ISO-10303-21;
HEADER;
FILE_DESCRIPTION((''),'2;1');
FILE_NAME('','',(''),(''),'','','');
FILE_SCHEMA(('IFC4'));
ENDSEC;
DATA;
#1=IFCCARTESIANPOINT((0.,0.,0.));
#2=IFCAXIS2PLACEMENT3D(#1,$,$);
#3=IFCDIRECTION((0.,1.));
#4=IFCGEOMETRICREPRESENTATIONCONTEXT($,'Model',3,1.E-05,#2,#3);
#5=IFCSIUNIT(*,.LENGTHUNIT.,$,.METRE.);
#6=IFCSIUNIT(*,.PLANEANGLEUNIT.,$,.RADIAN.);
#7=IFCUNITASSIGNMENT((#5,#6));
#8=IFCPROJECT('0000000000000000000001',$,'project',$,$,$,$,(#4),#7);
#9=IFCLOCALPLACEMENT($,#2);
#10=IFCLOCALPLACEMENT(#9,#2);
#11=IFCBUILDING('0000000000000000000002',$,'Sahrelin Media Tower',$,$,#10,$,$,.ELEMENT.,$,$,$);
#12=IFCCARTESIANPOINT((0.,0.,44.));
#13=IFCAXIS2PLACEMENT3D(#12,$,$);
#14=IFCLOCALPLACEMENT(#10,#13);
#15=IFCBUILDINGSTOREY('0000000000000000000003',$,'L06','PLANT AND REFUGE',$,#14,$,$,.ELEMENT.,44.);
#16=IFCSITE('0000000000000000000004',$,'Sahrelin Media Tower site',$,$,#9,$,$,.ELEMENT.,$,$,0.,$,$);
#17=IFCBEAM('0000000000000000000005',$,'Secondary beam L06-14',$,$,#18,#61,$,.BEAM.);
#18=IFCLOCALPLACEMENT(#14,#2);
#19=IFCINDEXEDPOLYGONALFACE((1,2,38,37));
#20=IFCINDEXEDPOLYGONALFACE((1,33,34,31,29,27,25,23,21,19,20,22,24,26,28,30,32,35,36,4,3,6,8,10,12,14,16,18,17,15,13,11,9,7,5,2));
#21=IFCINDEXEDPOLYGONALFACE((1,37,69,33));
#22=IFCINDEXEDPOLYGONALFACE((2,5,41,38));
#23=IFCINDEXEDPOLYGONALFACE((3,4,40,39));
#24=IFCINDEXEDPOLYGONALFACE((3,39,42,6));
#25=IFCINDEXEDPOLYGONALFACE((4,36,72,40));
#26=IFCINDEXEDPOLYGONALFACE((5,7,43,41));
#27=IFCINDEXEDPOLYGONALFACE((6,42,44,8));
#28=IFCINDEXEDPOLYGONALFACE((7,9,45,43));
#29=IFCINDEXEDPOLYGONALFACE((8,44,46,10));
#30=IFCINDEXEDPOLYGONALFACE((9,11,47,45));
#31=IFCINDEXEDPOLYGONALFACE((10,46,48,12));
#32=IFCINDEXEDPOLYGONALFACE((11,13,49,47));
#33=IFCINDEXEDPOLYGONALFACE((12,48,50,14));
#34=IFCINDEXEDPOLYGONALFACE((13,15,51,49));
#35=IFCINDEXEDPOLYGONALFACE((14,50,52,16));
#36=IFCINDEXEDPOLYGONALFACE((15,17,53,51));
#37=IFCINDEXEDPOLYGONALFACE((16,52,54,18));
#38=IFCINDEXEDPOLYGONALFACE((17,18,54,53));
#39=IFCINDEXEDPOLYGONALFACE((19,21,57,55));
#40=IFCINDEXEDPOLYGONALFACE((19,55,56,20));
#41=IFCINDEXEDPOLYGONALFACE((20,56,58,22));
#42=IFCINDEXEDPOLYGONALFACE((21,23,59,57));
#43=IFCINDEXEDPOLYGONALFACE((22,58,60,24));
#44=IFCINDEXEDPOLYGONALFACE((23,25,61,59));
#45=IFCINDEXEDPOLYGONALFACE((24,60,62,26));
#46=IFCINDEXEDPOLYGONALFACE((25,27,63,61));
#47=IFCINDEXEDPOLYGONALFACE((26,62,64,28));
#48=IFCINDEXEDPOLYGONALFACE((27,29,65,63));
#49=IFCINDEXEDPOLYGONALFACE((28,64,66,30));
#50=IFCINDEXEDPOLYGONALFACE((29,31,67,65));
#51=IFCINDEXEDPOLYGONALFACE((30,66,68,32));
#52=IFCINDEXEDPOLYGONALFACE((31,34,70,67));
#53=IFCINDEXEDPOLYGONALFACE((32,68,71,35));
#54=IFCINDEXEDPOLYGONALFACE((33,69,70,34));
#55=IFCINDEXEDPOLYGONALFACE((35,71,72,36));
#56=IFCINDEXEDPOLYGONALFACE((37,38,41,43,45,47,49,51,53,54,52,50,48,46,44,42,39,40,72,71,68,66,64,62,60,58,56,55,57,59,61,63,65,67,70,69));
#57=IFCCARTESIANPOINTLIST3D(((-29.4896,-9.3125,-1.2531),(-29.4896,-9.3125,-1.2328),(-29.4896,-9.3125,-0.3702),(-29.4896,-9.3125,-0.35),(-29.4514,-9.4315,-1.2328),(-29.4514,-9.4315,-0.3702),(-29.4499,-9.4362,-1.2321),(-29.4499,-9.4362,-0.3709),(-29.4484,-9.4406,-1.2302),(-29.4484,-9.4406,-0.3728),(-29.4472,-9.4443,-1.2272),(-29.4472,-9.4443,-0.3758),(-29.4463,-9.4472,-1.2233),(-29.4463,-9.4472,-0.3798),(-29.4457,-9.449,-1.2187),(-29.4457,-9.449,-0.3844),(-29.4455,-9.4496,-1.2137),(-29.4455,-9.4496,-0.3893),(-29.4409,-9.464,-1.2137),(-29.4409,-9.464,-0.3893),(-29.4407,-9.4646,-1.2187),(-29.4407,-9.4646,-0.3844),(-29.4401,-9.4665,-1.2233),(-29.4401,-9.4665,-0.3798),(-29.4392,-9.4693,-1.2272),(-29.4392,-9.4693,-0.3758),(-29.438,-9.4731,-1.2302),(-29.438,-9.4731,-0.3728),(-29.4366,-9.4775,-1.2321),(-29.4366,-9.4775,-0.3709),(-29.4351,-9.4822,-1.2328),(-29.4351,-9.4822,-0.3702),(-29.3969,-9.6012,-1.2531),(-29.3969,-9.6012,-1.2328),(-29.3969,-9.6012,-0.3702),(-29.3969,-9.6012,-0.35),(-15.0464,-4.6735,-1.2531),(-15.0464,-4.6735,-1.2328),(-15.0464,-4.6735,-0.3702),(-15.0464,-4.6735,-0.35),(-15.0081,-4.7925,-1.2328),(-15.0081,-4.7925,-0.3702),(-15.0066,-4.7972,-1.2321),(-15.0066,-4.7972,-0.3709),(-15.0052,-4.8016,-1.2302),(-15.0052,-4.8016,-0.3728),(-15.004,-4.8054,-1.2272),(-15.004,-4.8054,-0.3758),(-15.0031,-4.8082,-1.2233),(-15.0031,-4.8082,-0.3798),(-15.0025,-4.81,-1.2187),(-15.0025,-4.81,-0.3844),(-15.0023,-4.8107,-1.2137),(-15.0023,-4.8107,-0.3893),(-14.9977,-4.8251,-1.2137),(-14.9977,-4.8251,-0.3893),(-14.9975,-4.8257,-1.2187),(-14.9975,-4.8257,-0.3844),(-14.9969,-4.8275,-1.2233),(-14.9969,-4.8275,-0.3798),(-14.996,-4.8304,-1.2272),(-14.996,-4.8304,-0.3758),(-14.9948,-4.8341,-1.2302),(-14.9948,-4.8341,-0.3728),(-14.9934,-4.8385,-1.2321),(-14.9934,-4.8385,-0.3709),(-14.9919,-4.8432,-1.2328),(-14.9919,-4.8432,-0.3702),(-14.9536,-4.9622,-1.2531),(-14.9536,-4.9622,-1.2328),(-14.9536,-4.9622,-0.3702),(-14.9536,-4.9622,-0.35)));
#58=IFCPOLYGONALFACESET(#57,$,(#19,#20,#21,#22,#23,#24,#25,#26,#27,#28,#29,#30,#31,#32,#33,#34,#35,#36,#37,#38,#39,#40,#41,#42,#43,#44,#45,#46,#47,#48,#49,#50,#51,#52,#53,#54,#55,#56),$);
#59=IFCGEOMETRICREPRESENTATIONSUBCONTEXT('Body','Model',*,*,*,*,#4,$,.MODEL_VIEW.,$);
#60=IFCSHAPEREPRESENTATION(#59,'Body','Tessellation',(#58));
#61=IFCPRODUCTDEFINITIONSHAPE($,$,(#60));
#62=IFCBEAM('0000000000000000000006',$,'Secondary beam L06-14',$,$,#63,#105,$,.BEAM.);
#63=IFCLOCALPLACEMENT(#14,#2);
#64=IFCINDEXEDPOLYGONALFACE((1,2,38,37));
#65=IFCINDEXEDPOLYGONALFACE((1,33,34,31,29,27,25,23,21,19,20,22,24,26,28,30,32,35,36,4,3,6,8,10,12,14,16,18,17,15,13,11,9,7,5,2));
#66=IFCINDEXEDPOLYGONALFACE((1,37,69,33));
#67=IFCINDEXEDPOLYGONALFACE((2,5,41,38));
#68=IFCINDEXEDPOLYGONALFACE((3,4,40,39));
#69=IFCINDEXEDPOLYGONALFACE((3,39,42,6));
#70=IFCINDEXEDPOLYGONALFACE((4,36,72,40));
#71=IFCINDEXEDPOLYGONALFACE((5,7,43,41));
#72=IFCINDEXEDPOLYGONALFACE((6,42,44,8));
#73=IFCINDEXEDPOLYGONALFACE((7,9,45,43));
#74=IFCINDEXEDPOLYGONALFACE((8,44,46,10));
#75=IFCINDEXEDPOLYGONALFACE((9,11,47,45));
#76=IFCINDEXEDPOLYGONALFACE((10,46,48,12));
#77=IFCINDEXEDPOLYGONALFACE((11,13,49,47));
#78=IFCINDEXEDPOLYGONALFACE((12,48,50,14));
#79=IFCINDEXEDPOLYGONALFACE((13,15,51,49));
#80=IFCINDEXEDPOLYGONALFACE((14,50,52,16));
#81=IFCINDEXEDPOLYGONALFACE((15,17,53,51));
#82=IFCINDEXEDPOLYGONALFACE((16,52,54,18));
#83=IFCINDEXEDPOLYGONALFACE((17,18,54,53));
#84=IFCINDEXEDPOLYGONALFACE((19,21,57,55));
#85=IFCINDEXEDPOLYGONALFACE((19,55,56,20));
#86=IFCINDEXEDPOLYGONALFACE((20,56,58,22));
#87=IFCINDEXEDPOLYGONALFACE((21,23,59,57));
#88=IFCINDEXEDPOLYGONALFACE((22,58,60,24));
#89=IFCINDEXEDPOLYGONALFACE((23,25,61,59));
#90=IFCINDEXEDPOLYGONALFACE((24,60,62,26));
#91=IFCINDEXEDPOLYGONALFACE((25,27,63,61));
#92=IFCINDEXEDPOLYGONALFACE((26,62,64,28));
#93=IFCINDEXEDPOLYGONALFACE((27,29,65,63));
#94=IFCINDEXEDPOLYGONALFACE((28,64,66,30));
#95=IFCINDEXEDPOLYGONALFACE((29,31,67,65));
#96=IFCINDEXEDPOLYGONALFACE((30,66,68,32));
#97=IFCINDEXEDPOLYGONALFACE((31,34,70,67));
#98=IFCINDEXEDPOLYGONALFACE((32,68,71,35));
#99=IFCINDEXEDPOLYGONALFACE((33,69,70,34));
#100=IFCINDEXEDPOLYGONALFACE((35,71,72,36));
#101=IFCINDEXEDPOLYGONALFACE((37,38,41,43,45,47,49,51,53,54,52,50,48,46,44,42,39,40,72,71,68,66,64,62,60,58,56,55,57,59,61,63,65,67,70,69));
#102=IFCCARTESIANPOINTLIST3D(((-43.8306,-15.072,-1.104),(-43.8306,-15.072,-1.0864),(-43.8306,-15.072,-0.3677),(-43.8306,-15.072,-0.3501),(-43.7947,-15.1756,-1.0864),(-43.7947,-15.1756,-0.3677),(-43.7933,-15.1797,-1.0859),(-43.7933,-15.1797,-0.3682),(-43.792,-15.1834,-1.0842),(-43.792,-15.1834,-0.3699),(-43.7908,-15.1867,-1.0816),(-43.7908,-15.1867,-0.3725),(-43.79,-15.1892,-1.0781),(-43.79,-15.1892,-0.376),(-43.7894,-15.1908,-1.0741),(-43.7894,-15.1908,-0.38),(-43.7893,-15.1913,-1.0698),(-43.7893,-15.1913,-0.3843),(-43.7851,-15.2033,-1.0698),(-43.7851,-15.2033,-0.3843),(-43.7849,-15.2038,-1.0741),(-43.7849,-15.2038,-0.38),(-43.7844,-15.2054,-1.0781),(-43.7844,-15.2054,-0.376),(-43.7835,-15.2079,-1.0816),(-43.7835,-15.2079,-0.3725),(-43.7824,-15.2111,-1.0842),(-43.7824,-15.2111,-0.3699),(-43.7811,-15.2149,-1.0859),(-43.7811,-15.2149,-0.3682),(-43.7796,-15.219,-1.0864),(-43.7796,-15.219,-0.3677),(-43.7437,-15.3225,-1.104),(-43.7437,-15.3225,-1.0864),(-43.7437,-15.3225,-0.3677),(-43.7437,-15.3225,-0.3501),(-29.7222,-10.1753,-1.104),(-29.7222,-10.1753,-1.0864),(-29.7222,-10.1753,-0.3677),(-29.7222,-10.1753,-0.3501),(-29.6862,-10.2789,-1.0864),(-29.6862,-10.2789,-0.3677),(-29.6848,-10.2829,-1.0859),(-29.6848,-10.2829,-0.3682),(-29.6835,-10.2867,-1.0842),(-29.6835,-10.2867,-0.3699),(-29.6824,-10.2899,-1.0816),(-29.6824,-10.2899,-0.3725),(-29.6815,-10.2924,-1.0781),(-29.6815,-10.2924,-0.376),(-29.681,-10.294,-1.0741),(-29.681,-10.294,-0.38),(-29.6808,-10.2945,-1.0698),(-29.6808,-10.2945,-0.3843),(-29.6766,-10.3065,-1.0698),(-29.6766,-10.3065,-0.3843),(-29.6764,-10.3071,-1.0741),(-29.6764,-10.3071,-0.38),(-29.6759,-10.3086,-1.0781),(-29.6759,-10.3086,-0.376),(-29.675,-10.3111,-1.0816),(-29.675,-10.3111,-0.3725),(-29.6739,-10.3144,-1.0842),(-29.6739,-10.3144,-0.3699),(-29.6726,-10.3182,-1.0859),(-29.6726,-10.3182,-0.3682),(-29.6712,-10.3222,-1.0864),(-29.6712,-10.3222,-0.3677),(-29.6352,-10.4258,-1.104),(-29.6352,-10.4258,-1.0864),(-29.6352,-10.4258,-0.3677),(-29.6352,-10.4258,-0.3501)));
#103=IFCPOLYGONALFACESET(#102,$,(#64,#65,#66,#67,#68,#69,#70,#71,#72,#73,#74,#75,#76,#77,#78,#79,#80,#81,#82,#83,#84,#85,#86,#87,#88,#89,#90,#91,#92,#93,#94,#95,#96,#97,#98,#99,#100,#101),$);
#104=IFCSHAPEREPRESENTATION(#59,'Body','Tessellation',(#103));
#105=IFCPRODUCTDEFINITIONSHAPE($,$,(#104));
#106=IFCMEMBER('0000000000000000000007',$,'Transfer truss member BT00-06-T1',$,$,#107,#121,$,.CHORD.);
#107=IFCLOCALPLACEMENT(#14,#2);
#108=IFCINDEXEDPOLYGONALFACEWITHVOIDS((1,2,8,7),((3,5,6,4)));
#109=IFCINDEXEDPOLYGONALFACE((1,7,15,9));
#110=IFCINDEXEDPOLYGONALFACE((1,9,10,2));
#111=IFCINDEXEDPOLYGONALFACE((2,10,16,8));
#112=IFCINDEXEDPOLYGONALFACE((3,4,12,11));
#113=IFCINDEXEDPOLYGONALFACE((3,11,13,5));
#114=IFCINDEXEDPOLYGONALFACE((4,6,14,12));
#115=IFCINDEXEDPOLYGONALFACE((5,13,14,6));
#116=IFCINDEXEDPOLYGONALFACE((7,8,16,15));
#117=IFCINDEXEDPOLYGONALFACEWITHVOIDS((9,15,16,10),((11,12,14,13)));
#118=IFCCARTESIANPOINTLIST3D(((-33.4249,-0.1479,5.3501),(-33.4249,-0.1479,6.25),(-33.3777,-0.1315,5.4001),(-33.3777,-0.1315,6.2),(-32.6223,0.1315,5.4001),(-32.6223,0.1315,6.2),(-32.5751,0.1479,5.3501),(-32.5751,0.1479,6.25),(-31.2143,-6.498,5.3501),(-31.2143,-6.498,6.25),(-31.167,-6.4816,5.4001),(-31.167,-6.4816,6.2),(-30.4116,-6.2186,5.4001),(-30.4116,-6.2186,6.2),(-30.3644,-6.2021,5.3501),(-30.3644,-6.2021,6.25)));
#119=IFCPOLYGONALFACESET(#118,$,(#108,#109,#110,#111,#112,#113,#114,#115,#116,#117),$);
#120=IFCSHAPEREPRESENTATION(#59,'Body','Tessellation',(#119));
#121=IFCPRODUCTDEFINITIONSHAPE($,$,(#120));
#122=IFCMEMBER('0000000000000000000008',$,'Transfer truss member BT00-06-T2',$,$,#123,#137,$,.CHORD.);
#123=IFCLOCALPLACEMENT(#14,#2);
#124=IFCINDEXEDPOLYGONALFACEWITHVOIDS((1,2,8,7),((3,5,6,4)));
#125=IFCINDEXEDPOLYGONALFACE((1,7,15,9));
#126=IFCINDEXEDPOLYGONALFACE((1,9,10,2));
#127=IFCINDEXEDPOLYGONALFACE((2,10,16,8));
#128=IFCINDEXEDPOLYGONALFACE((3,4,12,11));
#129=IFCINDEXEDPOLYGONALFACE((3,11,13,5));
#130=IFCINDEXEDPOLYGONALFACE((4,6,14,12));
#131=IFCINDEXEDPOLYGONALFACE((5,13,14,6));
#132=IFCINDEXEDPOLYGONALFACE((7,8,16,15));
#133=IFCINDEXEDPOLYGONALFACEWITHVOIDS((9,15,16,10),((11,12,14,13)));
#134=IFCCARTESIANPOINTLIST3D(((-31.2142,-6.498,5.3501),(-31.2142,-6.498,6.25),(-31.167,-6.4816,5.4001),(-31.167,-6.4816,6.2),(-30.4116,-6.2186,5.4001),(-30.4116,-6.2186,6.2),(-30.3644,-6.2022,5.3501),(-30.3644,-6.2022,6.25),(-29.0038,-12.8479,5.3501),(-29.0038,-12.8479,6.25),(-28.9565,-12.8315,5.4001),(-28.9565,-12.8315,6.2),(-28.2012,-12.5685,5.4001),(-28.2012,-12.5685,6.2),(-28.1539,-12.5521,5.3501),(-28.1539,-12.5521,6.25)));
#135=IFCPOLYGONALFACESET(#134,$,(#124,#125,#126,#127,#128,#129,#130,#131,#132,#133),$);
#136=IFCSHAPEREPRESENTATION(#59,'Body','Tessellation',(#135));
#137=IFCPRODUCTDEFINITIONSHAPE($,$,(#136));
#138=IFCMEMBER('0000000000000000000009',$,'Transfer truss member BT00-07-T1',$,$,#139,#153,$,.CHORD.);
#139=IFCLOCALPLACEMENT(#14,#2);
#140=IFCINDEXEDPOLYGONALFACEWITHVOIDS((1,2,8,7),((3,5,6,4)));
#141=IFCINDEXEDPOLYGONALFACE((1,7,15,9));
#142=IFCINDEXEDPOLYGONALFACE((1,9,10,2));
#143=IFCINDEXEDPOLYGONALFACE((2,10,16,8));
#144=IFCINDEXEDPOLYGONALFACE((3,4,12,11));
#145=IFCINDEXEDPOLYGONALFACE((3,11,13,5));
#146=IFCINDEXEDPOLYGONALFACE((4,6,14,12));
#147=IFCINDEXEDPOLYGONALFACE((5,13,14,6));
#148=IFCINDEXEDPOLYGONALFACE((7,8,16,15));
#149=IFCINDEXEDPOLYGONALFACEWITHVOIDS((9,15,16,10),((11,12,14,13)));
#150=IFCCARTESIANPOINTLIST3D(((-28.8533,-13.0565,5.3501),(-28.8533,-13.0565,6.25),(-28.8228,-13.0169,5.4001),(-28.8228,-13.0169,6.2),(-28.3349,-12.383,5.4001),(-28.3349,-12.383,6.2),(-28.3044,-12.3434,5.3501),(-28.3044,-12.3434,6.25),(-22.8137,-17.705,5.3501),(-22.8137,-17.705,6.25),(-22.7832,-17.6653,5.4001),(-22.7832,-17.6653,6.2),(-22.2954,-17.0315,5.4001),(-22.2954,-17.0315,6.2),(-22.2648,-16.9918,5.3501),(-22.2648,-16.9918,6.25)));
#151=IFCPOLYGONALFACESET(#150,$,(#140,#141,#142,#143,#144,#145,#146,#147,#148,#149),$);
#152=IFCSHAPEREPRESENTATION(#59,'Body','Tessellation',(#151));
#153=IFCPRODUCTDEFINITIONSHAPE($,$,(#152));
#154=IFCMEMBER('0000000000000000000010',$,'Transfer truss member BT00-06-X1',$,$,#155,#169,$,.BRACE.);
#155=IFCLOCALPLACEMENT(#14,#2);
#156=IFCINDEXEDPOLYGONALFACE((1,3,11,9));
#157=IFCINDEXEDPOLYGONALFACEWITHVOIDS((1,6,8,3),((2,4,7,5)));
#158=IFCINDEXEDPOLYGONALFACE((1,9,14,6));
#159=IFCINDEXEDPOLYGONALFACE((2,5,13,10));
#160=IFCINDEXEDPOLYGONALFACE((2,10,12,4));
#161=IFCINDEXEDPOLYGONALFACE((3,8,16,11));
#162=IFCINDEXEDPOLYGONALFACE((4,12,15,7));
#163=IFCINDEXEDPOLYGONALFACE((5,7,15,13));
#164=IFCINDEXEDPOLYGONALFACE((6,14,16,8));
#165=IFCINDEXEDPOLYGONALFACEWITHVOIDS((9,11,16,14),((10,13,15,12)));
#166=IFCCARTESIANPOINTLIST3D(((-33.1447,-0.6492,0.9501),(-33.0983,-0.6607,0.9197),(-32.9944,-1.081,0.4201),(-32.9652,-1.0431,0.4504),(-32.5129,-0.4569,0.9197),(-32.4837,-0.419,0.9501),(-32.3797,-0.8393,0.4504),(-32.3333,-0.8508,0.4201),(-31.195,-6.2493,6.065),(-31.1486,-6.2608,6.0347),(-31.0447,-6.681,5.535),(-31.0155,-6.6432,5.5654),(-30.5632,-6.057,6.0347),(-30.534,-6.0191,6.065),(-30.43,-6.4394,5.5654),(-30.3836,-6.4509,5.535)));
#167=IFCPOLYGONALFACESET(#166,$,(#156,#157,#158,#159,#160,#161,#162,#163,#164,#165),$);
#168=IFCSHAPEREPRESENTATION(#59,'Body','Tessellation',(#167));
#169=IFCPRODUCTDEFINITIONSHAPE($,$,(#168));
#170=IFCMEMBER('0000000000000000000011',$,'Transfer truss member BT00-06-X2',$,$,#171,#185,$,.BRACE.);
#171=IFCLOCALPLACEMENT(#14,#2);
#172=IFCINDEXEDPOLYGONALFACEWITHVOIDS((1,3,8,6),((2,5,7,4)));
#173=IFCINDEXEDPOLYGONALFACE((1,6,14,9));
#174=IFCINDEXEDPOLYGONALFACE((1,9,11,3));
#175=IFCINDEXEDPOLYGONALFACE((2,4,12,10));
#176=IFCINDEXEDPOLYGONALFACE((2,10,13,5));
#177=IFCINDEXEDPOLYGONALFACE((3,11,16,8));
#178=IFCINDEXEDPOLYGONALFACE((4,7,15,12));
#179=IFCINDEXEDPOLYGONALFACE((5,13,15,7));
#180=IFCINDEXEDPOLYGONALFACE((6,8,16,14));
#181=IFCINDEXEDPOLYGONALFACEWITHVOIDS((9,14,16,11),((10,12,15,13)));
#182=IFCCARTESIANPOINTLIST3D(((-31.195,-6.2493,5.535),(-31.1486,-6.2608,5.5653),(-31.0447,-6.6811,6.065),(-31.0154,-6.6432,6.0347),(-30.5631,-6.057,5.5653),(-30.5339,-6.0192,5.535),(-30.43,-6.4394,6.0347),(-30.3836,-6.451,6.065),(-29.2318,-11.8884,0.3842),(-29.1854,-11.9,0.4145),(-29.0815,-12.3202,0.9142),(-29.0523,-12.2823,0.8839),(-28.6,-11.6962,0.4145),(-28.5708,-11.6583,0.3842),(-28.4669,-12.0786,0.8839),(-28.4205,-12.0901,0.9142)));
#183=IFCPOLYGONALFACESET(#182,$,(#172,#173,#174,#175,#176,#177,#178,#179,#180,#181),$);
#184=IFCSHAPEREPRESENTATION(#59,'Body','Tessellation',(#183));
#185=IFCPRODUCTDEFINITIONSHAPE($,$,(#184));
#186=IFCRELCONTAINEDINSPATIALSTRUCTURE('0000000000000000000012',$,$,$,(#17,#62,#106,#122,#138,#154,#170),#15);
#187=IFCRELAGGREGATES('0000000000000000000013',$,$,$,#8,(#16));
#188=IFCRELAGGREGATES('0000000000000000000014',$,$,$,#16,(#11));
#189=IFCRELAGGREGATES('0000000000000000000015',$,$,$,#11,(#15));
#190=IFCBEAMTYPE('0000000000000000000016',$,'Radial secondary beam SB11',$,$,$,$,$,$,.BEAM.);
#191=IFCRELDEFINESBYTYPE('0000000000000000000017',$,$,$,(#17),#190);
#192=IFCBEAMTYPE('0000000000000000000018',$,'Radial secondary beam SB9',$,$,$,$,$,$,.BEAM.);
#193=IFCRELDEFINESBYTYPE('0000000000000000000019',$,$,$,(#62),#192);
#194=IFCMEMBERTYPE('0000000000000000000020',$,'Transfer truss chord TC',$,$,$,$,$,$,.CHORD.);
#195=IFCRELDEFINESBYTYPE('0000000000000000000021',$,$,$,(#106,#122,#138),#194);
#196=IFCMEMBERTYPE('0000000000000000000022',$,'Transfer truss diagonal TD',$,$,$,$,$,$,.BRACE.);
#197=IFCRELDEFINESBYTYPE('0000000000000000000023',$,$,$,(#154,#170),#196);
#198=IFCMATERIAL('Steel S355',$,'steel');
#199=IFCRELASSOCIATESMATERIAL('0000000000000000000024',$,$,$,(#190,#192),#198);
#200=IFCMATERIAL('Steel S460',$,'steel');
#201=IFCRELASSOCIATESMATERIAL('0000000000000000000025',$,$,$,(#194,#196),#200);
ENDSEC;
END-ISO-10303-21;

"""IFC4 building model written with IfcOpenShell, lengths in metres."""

from ifc_helpers import new_model, si_unit, direction, frame, origin, origin_2d, place, context, subcontext, project, spatial, hollow_rectangle, i_section, extrude, material, material_profile, profile_set, type_object, element, save


model = new_model("IFC4")

# Units and contexts
model_context = context("Model", 3, precision=1e-05, world=origin(), true_north=direction((0.0, 1.0)))
body_context = subcontext(model_context, "Body", "Model", "MODEL_VIEW")
ifc_project = project(units=[si_unit("LENGTHUNIT", "METRE"), si_unit("PLANEANGLEUNIT", "RADIAN")], contexts=[model_context])

# Site, building, storey
site_placement = place(None, origin())
site = spatial("IfcSite", under=ifc_project, at=site_placement, Name="Sahrelin Media Tower site", CompositionType="ELEMENT", RefElevation=0.0)
building_placement = place(site_placement, origin())
building = spatial("IfcBuilding", under=site, at=building_placement, Name="Sahrelin Media Tower", CompositionType="ELEMENT")
storey_placement = place(building_placement, frame((0.0, 0.0, 44.0)))
storey = spatial("IfcBuildingStorey", under=building, at=storey_placement, Name="L06", Description="PLANT AND REFUGE", CompositionType="ELEMENT", Elevation=44.0)

# Shared definitions
ifc_material_1 = material(Name="Steel S460", Category="steel")

# Beams
ifc_material_2 = material(Name="Steel S355", Category="steel")
ifc_material_profile_1 = material_profile(ifc_material_2, i_section(OverallWidth=0.3032, OverallDepth=0.9031, WebThickness=0.0151, FlangeThickness=0.0203, FilletRadius=0.019, at=origin_2d()), Name="UB 914x305x201")
ifc_profile_set_1 = profile_set([ifc_material_profile_1], Name="Steel S355")
beam_type_1 = type_object("IfcBeamType", Name="Radial secondary beam SB11", PredefinedType="BEAM", material=ifc_profile_set_1)
beam_1_placement = place(storey_placement, frame((-15.0, -4.8179, -0.8015), z_axis=(-0.952096, -0.305799, 0.0), x_axis=(0.305799, -0.952096, 0.0)))
element("IfcBeam", 1, at=beam_1_placement, inside=storey, type_object=beam_type_1, Name="Secondary beam L06-14", PredefinedType="BEAM", context=body_context, shape_type="SweptSolid", body=[
    extrude(i_section(OverallWidth=0.3032, OverallDepth=0.9031, WebThickness=0.0151, FlangeThickness=0.0203, FilletRadius=0.019, at=origin_2d()), origin(), (0.0, 0.0, 1.0), 15.1699),
])
ifc_material_profile_2 = material_profile(ifc_material_2, i_section(OverallWidth=0.2651, OverallDepth=0.7539, WebThickness=0.0127, FlangeThickness=0.0176, FilletRadius=0.0166, at=origin_2d()), Name="UB 762x267x147")
ifc_profile_set_2 = profile_set([ifc_material_profile_2], Name="Steel S355")
beam_type_2 = type_object("IfcBeamType", Name="Radial secondary beam SB9", PredefinedType="BEAM", material=ifc_profile_set_2)
beam_2_placement = place(storey_placement, frame((-29.6787, -10.3005, -0.7271), z_axis=(-0.944716, -0.327891, 0.0), x_axis=(0.327891, -0.944716, 0.0)))
element("IfcBeam", 2, at=beam_2_placement, inside=storey, type_object=beam_type_2, Name="Secondary beam L06-14", PredefinedType="BEAM", context=body_context, shape_type="SweptSolid", body=[
    extrude(i_section(OverallWidth=0.2651, OverallDepth=0.7539, WebThickness=0.0127, FlangeThickness=0.0176, FilletRadius=0.0166, at=origin_2d()), origin(), (0.0, 0.0, 1.0), 14.9341),
])

# Members
ifc_material_profile_3 = material_profile(ifc_material_1, hollow_rectangle(XDim=0.8999, YDim=0.8999, WallThickness=0.05, at=origin_2d()), Name="Transfer truss chord TC")
ifc_profile_set_3 = profile_set([ifc_material_profile_3], Name="Steel S460")
member_type_1 = type_object("IfcMemberType", Name="Transfer truss chord TC", PredefinedType="CHORD", material=ifc_profile_set_3)
member_1_placement = place(storey_placement, frame((-33.0, 0.0, 5.8), z_axis=(0.328781, -0.944406, 0.0), x_axis=(0.944406, 0.328781, 0.0)))
element("IfcMember", 3, at=member_1_placement, inside=storey, type_object=member_type_1, Name="Transfer truss member BT00-06-T1", PredefinedType="CHORD", context=body_context, shape_type="SweptSolid", body=[
    extrude(hollow_rectangle(XDim=0.8999, YDim=0.8999, WallThickness=0.05, at=origin_2d()), origin(), (0.0, 0.0, 1.0), 6.7239),
])
member_2_placement = place(storey_placement, frame((-30.7893, -6.3501, 5.8), z_axis=(0.32876, -0.944413, 0.0), x_axis=(0.944413, 0.32876, 0.0)))
element("IfcMember", 4, at=member_2_placement, inside=storey, type_object=member_type_1, Name="Transfer truss member BT00-06-T2", PredefinedType="CHORD", context=body_context, shape_type="SweptSolid", body=[
    extrude(hollow_rectangle(XDim=0.8999, YDim=0.8999, WallThickness=0.05, at=origin_2d()), origin(), (0.0, 0.0, 1.0), 6.7236),
])
member_3_placement = place(storey_placement, frame((-28.5789, -12.7, 5.8), z_axis=(0.792457, -0.609927, 0.0), x_axis=(0.609927, 0.792457, 0.0)))
element("IfcMember", 5, at=member_3_placement, inside=storey, type_object=member_type_1, Name="Transfer truss member BT00-07-T1", PredefinedType="CHORD", context=body_context, shape_type="SweptSolid", body=[
    extrude(hollow_rectangle(XDim=0.8999, YDim=0.8999, WallThickness=0.05, at=origin_2d()), origin(), (0.0, 0.0, 1.0), 7.6213),
])
ifc_material_profile_4 = material_profile(ifc_material_1, hollow_rectangle(XDim=0.7, YDim=0.7, WallThickness=0.04, at=origin_2d()), Name="Transfer truss diagonal TD")
ifc_profile_set_4 = profile_set([ifc_material_profile_4], Name="Steel S460")
member_type_2 = type_object("IfcMemberType", Name="Transfer truss diagonal TD", PredefinedType="BRACE", material=ifc_profile_set_4)
member_4_placement = place(storey_placement, frame((-32.739, -0.75, 0.6851), z_axis=(0.248971, -0.715113, 0.653167), x_axis=(0.9444, 0.328798, 0.0)))
element("IfcMember", 6, at=member_4_placement, inside=storey, type_object=member_type_2, Name="Transfer truss member BT00-06-X1", PredefinedType="BRACE", context=body_context, shape_type="SweptSolid", body=[
    extrude(hollow_rectangle(XDim=0.7, YDim=0.7, WallThickness=0.04, at=origin_2d()), origin(), (0.0, 0.0, 1.0), 7.8311),
])
member_5_placement = place(storey_placement, frame((-28.8262, -11.9893, 0.6492), z_axis=(-0.248946, 0.715105, 0.653185), x_axis=(-0.944409, -0.328773, 0.0)))
element("IfcMember", 7, at=member_5_placement, inside=storey, type_object=member_type_2, Name="Transfer truss member BT00-06-X2", PredefinedType="BRACE", context=body_context, shape_type="SweptSolid", body=[
    extrude(hollow_rectangle(XDim=0.7, YDim=0.7, WallThickness=0.04, at=origin_2d()), origin(), (0.0, 0.0, 1.0), 7.8857),
])

save(model, "model.ifc")
